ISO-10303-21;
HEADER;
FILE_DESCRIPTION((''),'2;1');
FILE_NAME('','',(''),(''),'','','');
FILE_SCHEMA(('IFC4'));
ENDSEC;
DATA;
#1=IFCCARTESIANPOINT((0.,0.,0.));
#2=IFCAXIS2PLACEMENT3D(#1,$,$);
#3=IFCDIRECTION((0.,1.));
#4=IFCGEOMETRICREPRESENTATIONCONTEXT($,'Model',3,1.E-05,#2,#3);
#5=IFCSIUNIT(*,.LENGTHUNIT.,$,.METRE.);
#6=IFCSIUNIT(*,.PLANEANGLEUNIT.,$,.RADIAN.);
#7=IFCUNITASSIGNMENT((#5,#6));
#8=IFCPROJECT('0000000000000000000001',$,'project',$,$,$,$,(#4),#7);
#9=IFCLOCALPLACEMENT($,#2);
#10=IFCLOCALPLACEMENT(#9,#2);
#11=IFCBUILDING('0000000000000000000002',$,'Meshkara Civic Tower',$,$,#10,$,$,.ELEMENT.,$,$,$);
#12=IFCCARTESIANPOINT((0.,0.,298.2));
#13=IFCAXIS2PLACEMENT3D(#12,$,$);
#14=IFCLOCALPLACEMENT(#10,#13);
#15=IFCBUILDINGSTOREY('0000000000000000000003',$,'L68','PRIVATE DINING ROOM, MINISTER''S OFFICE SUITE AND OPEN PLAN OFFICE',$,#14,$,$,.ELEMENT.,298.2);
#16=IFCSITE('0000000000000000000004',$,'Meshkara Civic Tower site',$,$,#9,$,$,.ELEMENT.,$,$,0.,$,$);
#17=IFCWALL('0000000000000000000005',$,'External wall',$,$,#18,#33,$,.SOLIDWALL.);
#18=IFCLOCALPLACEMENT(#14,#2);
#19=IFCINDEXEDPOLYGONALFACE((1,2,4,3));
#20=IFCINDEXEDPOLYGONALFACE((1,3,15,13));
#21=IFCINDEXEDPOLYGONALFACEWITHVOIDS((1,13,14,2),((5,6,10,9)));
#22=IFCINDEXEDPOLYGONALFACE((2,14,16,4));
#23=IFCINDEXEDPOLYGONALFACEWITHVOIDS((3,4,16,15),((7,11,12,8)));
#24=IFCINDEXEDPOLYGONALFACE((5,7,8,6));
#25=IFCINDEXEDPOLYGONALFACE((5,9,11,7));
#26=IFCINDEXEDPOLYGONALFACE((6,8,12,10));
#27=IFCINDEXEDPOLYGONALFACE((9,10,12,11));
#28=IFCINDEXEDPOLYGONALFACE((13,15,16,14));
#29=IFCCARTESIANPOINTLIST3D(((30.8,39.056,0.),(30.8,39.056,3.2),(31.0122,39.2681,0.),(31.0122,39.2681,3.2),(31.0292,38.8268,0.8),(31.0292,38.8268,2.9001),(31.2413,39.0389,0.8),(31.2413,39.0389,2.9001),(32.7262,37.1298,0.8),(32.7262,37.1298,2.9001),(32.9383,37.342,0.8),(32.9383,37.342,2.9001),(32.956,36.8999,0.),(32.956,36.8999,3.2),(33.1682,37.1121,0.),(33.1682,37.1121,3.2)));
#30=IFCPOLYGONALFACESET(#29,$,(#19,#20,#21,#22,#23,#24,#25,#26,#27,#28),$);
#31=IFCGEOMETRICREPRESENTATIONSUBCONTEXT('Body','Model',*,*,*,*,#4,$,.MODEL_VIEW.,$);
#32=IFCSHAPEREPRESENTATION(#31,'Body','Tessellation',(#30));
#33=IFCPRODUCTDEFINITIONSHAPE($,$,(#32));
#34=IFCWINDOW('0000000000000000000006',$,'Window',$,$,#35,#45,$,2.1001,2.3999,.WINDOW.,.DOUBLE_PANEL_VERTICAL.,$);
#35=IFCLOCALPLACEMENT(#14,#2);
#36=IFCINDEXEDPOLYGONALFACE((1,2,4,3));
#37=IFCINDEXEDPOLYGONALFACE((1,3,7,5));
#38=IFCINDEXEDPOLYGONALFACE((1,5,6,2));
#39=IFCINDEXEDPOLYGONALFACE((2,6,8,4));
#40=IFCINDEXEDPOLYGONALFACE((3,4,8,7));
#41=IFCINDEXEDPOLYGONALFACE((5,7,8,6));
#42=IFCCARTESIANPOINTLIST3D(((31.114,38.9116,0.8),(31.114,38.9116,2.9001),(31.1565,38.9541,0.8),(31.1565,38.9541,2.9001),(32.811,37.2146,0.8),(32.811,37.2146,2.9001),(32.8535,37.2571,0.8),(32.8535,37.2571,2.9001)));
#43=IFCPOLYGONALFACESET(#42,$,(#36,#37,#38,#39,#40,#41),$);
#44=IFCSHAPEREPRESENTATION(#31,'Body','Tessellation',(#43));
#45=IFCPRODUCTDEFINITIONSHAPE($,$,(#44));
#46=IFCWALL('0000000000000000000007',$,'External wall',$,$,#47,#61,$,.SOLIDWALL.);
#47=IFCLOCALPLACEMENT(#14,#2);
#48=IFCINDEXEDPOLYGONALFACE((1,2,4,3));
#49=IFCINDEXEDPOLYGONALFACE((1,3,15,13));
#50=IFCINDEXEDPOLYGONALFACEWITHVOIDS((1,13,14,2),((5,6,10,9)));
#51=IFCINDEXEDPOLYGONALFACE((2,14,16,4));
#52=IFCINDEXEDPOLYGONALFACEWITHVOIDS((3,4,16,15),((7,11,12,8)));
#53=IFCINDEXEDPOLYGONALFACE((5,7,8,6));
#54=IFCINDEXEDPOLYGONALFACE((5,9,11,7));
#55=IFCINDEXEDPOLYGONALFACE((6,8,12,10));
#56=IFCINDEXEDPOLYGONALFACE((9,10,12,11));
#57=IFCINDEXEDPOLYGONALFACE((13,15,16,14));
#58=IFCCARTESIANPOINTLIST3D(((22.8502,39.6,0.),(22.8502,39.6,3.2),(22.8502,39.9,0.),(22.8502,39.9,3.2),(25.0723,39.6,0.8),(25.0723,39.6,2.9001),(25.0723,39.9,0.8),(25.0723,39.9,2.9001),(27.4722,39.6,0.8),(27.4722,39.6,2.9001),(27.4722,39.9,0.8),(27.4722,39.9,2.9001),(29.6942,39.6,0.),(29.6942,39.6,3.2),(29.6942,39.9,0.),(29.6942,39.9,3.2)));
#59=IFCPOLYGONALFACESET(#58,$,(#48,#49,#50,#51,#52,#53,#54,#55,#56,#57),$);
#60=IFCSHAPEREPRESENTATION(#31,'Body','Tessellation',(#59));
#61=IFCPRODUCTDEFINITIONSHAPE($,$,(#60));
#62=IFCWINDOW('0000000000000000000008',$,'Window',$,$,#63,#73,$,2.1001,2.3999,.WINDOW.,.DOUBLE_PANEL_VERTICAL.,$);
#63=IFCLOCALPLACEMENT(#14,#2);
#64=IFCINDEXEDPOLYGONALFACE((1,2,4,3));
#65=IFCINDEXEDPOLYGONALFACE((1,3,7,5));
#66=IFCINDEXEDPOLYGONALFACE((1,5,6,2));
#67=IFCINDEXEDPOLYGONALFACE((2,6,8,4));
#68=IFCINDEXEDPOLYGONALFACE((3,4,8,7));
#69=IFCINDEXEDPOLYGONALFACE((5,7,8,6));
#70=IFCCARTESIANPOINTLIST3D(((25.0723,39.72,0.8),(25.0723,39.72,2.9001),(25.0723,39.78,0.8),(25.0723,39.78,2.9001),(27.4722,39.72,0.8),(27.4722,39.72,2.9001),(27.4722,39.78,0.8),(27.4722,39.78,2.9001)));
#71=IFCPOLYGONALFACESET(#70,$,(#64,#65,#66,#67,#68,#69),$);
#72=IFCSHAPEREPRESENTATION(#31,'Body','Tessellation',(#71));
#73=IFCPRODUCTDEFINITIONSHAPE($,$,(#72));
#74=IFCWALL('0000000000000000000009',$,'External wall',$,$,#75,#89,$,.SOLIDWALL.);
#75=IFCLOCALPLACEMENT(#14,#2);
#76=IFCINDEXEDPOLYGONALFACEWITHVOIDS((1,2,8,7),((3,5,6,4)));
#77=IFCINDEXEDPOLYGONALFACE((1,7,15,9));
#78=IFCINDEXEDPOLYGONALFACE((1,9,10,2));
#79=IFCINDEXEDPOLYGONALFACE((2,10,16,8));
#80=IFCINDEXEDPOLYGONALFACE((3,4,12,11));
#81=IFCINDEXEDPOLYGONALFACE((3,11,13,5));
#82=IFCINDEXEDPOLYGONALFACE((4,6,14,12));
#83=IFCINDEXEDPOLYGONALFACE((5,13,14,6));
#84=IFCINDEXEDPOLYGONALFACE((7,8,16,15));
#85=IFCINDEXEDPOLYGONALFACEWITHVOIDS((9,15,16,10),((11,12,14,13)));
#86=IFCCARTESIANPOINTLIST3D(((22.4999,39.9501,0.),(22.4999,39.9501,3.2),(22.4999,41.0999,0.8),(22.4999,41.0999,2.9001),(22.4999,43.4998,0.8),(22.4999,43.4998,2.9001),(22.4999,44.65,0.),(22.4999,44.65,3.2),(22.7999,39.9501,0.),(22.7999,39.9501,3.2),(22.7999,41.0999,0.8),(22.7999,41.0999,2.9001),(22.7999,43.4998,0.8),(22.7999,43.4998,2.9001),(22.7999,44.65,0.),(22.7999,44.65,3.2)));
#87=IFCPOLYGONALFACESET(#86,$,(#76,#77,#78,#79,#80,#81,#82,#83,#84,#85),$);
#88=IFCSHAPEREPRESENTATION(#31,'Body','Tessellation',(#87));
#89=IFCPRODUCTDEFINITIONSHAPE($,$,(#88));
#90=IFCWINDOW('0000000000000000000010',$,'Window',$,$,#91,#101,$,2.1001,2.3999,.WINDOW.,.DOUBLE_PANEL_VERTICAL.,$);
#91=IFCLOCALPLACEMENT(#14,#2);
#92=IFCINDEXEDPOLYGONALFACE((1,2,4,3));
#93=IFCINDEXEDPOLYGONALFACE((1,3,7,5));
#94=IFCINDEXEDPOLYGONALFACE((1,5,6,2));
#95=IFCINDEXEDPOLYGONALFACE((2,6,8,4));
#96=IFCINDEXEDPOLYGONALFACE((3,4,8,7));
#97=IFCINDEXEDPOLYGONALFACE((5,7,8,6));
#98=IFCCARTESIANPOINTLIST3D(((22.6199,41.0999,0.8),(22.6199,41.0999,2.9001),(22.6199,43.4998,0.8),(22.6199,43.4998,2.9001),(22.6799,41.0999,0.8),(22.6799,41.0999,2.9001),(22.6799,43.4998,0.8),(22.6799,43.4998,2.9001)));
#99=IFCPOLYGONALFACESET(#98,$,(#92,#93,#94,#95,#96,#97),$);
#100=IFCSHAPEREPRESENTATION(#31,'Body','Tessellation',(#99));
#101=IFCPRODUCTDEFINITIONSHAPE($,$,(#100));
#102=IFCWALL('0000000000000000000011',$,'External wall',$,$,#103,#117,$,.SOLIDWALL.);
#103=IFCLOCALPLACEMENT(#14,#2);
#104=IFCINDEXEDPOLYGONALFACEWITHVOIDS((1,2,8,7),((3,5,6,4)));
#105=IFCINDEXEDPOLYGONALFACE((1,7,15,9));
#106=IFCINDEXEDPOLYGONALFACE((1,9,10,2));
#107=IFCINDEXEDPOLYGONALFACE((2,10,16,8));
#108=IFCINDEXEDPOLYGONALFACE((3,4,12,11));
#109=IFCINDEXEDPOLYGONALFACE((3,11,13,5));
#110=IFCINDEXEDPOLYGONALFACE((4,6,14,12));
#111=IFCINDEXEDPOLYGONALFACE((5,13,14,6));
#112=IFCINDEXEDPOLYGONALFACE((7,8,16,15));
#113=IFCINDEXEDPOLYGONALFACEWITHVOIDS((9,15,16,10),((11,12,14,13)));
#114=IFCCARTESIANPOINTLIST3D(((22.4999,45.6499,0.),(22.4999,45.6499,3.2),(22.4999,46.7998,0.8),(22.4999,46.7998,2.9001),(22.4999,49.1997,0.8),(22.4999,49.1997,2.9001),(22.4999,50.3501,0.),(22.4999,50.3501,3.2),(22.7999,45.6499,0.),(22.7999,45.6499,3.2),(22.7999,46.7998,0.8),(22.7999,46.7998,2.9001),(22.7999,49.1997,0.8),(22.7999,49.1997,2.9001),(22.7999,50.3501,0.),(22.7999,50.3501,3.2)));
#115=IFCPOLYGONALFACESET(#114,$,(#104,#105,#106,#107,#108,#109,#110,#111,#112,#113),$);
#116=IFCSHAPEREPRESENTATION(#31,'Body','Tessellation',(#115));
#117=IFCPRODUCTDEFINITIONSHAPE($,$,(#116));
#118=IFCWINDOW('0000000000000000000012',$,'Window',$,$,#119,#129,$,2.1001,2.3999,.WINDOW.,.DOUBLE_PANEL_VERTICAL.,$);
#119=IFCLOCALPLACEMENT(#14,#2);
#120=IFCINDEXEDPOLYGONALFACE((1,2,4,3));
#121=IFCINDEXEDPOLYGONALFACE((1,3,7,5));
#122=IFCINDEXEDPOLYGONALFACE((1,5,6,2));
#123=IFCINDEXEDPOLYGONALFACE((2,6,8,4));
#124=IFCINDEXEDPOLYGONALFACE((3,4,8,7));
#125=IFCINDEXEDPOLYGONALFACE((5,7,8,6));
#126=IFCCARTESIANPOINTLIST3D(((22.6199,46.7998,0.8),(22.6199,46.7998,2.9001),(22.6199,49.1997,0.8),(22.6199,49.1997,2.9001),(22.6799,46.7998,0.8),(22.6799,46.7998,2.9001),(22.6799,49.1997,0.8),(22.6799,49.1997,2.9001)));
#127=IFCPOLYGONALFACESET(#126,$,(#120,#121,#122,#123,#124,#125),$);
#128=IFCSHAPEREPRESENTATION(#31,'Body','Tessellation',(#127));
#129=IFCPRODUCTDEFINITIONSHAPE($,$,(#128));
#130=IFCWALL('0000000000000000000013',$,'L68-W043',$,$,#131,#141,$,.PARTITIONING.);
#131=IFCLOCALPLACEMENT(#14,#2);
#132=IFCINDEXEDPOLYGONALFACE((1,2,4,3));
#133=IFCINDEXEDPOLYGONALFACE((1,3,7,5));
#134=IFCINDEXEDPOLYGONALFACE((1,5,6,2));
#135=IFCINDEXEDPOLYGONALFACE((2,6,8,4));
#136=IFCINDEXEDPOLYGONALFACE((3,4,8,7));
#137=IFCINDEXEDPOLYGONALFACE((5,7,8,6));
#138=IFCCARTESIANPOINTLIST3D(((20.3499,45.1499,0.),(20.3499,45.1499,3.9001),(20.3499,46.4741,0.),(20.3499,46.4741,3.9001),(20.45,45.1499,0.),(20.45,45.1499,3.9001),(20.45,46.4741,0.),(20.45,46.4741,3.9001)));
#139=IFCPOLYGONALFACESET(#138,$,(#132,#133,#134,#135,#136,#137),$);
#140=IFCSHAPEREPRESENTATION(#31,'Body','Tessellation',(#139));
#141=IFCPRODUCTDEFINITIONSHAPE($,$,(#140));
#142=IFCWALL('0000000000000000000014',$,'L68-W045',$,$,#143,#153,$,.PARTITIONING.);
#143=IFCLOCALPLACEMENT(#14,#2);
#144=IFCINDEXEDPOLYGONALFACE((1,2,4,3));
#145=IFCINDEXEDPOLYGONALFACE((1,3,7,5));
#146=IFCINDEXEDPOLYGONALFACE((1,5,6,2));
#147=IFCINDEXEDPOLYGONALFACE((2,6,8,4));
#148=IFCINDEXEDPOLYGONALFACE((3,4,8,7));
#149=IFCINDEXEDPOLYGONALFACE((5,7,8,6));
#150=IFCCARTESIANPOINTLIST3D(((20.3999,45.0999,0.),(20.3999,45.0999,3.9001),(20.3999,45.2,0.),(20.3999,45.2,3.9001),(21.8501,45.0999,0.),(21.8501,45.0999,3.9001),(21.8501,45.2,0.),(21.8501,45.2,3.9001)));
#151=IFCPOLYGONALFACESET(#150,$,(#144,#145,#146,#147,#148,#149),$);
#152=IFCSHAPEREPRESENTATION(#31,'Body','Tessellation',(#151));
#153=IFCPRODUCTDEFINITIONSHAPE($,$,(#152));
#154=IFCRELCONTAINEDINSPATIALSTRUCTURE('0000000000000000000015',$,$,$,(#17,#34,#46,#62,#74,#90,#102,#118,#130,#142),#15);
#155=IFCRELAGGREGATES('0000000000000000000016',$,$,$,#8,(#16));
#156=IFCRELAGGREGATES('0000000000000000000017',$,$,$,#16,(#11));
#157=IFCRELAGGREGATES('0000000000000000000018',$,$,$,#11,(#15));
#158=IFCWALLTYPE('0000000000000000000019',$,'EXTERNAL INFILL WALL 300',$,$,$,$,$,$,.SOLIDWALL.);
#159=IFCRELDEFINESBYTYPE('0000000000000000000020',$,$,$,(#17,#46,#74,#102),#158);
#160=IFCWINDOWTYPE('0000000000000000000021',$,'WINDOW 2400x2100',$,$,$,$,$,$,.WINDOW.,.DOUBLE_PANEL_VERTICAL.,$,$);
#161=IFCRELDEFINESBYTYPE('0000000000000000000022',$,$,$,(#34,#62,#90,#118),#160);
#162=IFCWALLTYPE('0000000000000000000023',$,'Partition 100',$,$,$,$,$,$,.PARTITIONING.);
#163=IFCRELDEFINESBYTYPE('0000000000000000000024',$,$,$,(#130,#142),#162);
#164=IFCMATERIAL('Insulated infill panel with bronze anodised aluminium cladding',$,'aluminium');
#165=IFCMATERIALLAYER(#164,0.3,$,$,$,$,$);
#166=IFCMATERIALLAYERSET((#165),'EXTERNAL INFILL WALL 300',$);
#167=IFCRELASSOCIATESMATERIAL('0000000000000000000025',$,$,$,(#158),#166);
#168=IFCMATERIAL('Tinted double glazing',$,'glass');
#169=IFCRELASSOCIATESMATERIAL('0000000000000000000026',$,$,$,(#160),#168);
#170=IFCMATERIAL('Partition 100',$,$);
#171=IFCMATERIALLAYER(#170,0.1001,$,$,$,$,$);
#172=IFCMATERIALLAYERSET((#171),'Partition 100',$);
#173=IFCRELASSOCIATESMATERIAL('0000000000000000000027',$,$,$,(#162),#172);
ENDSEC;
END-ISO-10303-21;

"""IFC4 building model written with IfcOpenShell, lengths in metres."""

from ifc_helpers import new_model, si_unit, direction, frame, frame_2d, origin, place, context, subcontext, project, spatial, rectangle, extrude, material, layer, layer_set, type_object, element, fill, save


model = new_model("IFC4")

# Units and contexts
model_context = context("Model", 3, precision=1e-05, world=origin(), true_north=direction((0.0, 1.0)))
body_context = subcontext(model_context, "Body", "Model", "MODEL_VIEW")
ifc_project = project(units=[si_unit("LENGTHUNIT", "METRE"), si_unit("PLANEANGLEUNIT", "RADIAN")], contexts=[model_context])

# Site, building, storey
site_placement = place(None, origin())
site = spatial("IfcSite", under=ifc_project, at=site_placement, Name="Meshkara Civic Tower site", CompositionType="ELEMENT", RefElevation=0.0)
building_placement = place(site_placement, origin())
building = spatial("IfcBuilding", under=site, at=building_placement, Name="Meshkara Civic Tower", CompositionType="ELEMENT")
storey_placement = place(building_placement, frame((0.0, 0.0, 298.2)))
storey = spatial("IfcBuildingStorey", under=building, at=storey_placement, Name="L68", Description="PRIVATE DINING ROOM, MINISTER'S OFFICE SUITE AND OPEN PLAN OFFICE", CompositionType="ELEMENT", Elevation=298.2)

# Walls, openings, windows
ifc_material_1 = material(Name="Insulated infill panel with bronze anodised aluminium cladding", Category="aluminium")
ifc_layer_1 = layer(ifc_material_1, 0.3)
ifc_layer_set_1 = layer_set([ifc_layer_1], Name="EXTERNAL INFILL WALL 300")
wall_type_1 = type_object("IfcWallType", Name="EXTERNAL INFILL WALL 300", PredefinedType="SOLIDWALL", material=ifc_layer_set_1)
wall_1_placement = place(storey_placement, frame((33.062, 37.0061, 0.0), z_axis=(0.0, 0.0, 1.0), x_axis=(-0.707107, 0.707107, 0.0)))
wall_1 = element("IfcWall", 1, at=wall_1_placement, inside=storey, type_object=wall_type_1, Name="External wall", PredefinedType="SOLIDWALL", context=body_context, shape_type="SweptSolid", body=[
    extrude(rectangle(XDim=3.0491, YDim=0.3, at=frame_2d((1.5244, 0.0))), origin(), (0.0, 0.0, 1.0), 3.2),
])
opening_1_placement = place(wall_1_placement, frame((0.325, 0.0, 0.8)))
opening_1 = element("IfcOpeningElement", 2, at=opening_1_placement, cuts=wall_1, PredefinedType="OPENING", context=body_context, shape_type="SweptSolid", body=[
    extrude(rectangle(XDim=2.3999, YDim=2.1001, at=frame_2d((1.2, 1.05))), frame((0.0, 0.1599, 0.0), z_axis=(0.0, -1.0, 0.0), x_axis=(1.0, 0.0, 0.0)), (0.0, 0.0, 1.0), 0.3201),
])
ifc_material_2 = material(Name="Tinted double glazing", Category="glass")
window_type = type_object("IfcWindowType", Name="WINDOW 2400x2100", PartitioningType="DOUBLE_PANEL_VERTICAL", PredefinedType="WINDOW", material=ifc_material_2)
window_1_placement = place(opening_1_placement, origin())
window_1 = element("IfcWindow", 3, at=window_1_placement, inside=storey, type_object=window_type, Name="Window", OverallHeight=2.1001, OverallWidth=2.3999, PartitioningType="DOUBLE_PANEL_VERTICAL", PredefinedType="WINDOW", context=body_context, shape_type="SweptSolid", body=[
    extrude(rectangle(XDim=2.3999, YDim=2.1001, at=frame_2d((1.2, 1.05))), frame((0.0, 0.03, 0.0), z_axis=(0.0, -1.0, 0.0), x_axis=(1.0, 0.0, 0.0)), (0.0, 0.0, 1.0), 0.0601),
])
fill(opening_1, window_1)
wall_2_placement = place(storey_placement, frame((29.6941, 39.75, 0.0), z_axis=(0.0, 0.0, 1.0), x_axis=(-1.0, 0.0, 0.0)))
wall_2 = element("IfcWall", 4, at=wall_2_placement, inside=storey, type_object=wall_type_1, Name="External wall", PredefinedType="SOLIDWALL", context=body_context, shape_type="SweptSolid", body=[
    extrude(rectangle(XDim=6.844, YDim=0.3, at=frame_2d((3.4219, 0.0))), origin(), (0.0, 0.0, 1.0), 3.2),
])
opening_2_placement = place(wall_2_placement, frame((2.2219, 0.0, 0.8)))
opening_2 = element("IfcOpeningElement", 5, at=opening_2_placement, cuts=wall_2, PredefinedType="OPENING", context=body_context, shape_type="SweptSolid", body=[
    extrude(rectangle(XDim=2.3999, YDim=2.1001, at=frame_2d((1.2, 1.05))), frame((0.0, 0.1599, 0.0), z_axis=(0.0, -1.0, 0.0), x_axis=(1.0, 0.0, 0.0)), (0.0, 0.0, 1.0), 0.3201),
])
window_2_placement = place(opening_2_placement, origin())
window_2 = element("IfcWindow", 6, at=window_2_placement, inside=storey, type_object=window_type, Name="Window", OverallHeight=2.1001, OverallWidth=2.3999, PartitioningType="DOUBLE_PANEL_VERTICAL", PredefinedType="WINDOW", context=body_context, shape_type="SweptSolid", body=[
    extrude(rectangle(XDim=2.3999, YDim=2.1001, at=frame_2d((1.2, 1.05))), frame((0.0, 0.03, 0.0), z_axis=(0.0, -1.0, 0.0), x_axis=(1.0, 0.0, 0.0)), (0.0, 0.0, 1.0), 0.0601),
])
fill(opening_2, window_2)
wall_3_placement = place(storey_placement, frame((22.6499, 39.95, 0.0), z_axis=(0.0, 0.0, 1.0), x_axis=(0.0, 1.0, 0.0)))
wall_3 = element("IfcWall", 7, at=wall_3_placement, inside=storey, type_object=wall_type_1, Name="External wall", PredefinedType="SOLIDWALL", context=body_context, shape_type="SweptSolid", body=[
    extrude(rectangle(XDim=4.7, YDim=0.3, at=frame_2d((2.3501, 0.0))), origin(), (0.0, 0.0, 1.0), 3.2),
])
opening_3_placement = place(wall_3_placement, frame((1.1499, 0.0, 0.8)))
opening_3 = element("IfcOpeningElement", 8, at=opening_3_placement, cuts=wall_3, PredefinedType="OPENING", context=body_context, shape_type="SweptSolid", body=[
    extrude(rectangle(XDim=2.3999, YDim=2.1001, at=frame_2d((1.2, 1.05))), frame((0.0, 0.1599, 0.0), z_axis=(0.0, -1.0, 0.0), x_axis=(1.0, 0.0, 0.0)), (0.0, 0.0, 1.0), 0.3201),
])
window_3_placement = place(opening_3_placement, origin())
window_3 = element("IfcWindow", 9, at=window_3_placement, inside=storey, type_object=window_type, Name="Window", OverallHeight=2.1001, OverallWidth=2.3999, PartitioningType="DOUBLE_PANEL_VERTICAL", PredefinedType="WINDOW", context=body_context, shape_type="SweptSolid", body=[
    extrude(rectangle(XDim=2.3999, YDim=2.1001, at=frame_2d((1.2, 1.05))), frame((0.0, 0.03, 0.0), z_axis=(0.0, -1.0, 0.0), x_axis=(1.0, 0.0, 0.0)), (0.0, 0.0, 1.0), 0.0601),
])
fill(opening_3, window_3)
wall_4_placement = place(storey_placement, frame((22.6499, 45.6499, 0.0), z_axis=(0.0, 0.0, 1.0), x_axis=(0.0, 1.0, 0.0)))
wall_4 = element("IfcWall", 10, at=wall_4_placement, inside=storey, type_object=wall_type_1, Name="External wall", PredefinedType="SOLIDWALL", context=body_context, shape_type="SweptSolid", body=[
    extrude(rectangle(XDim=4.7002, YDim=0.3, at=frame_2d((2.3501, 0.0))), origin(), (0.0, 0.0, 1.0), 3.2),
])
opening_4_placement = place(wall_4_placement, frame((1.1499, 0.0, 0.8)))
opening_4 = element("IfcOpeningElement", 11, at=opening_4_placement, cuts=wall_4, PredefinedType="OPENING", context=body_context, shape_type="SweptSolid", body=[
    extrude(rectangle(XDim=2.3999, YDim=2.1001, at=frame_2d((1.2, 1.05))), frame((0.0, 0.1599, 0.0), z_axis=(0.0, -1.0, 0.0), x_axis=(1.0, 0.0, 0.0)), (0.0, 0.0, 1.0), 0.3201),
])
window_4_placement = place(opening_4_placement, origin())
window_4 = element("IfcWindow", 12, at=window_4_placement, inside=storey, type_object=window_type, Name="Window", OverallHeight=2.1001, OverallWidth=2.3999, PartitioningType="DOUBLE_PANEL_VERTICAL", PredefinedType="WINDOW", context=body_context, shape_type="SweptSolid", body=[
    extrude(rectangle(XDim=2.3999, YDim=2.1001, at=frame_2d((1.2, 1.05))), frame((0.0, 0.03, 0.0), z_axis=(0.0, -1.0, 0.0), x_axis=(1.0, 0.0, 0.0)), (0.0, 0.0, 1.0), 0.0601),
])
fill(opening_4, window_4)

# Walls
ifc_material_3 = material(Name="Partition 100")
ifc_layer_2 = layer(ifc_material_3, 0.1001)
ifc_layer_set_2 = layer_set([ifc_layer_2], Name="Partition 100")
wall_type_2 = type_object("IfcWallType", Name="Partition 100", PredefinedType="PARTITIONING", material=ifc_layer_set_2)
wall_5_placement = place(storey_placement, frame((20.3999, 45.1499, 0.0), z_axis=(0.0, 0.0, 1.0), x_axis=(0.0, 1.0, 0.0)))
element("IfcWall", 13, at=wall_5_placement, inside=storey, type_object=wall_type_2, Name="L68-W043", PredefinedType="PARTITIONING", context=body_context, shape_type="SweptSolid", body=[
    extrude(rectangle(XDim=1.3242, YDim=0.1001, at=frame_2d((0.6621, 0.0))), origin(), (0.0, 0.0, 1.0), 3.9001),
])
wall_6_placement = place(storey_placement, frame((21.8501, 45.1499, 0.0), z_axis=(0.0, 0.0, 1.0), x_axis=(-1.0, 0.0, 0.0)))
element("IfcWall", 14, at=wall_6_placement, inside=storey, type_object=wall_type_2, Name="L68-W045", PredefinedType="PARTITIONING", context=body_context, shape_type="SweptSolid", body=[
    extrude(rectangle(XDim=1.4502, YDim=0.1001, at=frame_2d((0.7251, 0.0))), origin(), (0.0, 0.0, 1.0), 3.9001),
])

save(model, "model.ifc")
